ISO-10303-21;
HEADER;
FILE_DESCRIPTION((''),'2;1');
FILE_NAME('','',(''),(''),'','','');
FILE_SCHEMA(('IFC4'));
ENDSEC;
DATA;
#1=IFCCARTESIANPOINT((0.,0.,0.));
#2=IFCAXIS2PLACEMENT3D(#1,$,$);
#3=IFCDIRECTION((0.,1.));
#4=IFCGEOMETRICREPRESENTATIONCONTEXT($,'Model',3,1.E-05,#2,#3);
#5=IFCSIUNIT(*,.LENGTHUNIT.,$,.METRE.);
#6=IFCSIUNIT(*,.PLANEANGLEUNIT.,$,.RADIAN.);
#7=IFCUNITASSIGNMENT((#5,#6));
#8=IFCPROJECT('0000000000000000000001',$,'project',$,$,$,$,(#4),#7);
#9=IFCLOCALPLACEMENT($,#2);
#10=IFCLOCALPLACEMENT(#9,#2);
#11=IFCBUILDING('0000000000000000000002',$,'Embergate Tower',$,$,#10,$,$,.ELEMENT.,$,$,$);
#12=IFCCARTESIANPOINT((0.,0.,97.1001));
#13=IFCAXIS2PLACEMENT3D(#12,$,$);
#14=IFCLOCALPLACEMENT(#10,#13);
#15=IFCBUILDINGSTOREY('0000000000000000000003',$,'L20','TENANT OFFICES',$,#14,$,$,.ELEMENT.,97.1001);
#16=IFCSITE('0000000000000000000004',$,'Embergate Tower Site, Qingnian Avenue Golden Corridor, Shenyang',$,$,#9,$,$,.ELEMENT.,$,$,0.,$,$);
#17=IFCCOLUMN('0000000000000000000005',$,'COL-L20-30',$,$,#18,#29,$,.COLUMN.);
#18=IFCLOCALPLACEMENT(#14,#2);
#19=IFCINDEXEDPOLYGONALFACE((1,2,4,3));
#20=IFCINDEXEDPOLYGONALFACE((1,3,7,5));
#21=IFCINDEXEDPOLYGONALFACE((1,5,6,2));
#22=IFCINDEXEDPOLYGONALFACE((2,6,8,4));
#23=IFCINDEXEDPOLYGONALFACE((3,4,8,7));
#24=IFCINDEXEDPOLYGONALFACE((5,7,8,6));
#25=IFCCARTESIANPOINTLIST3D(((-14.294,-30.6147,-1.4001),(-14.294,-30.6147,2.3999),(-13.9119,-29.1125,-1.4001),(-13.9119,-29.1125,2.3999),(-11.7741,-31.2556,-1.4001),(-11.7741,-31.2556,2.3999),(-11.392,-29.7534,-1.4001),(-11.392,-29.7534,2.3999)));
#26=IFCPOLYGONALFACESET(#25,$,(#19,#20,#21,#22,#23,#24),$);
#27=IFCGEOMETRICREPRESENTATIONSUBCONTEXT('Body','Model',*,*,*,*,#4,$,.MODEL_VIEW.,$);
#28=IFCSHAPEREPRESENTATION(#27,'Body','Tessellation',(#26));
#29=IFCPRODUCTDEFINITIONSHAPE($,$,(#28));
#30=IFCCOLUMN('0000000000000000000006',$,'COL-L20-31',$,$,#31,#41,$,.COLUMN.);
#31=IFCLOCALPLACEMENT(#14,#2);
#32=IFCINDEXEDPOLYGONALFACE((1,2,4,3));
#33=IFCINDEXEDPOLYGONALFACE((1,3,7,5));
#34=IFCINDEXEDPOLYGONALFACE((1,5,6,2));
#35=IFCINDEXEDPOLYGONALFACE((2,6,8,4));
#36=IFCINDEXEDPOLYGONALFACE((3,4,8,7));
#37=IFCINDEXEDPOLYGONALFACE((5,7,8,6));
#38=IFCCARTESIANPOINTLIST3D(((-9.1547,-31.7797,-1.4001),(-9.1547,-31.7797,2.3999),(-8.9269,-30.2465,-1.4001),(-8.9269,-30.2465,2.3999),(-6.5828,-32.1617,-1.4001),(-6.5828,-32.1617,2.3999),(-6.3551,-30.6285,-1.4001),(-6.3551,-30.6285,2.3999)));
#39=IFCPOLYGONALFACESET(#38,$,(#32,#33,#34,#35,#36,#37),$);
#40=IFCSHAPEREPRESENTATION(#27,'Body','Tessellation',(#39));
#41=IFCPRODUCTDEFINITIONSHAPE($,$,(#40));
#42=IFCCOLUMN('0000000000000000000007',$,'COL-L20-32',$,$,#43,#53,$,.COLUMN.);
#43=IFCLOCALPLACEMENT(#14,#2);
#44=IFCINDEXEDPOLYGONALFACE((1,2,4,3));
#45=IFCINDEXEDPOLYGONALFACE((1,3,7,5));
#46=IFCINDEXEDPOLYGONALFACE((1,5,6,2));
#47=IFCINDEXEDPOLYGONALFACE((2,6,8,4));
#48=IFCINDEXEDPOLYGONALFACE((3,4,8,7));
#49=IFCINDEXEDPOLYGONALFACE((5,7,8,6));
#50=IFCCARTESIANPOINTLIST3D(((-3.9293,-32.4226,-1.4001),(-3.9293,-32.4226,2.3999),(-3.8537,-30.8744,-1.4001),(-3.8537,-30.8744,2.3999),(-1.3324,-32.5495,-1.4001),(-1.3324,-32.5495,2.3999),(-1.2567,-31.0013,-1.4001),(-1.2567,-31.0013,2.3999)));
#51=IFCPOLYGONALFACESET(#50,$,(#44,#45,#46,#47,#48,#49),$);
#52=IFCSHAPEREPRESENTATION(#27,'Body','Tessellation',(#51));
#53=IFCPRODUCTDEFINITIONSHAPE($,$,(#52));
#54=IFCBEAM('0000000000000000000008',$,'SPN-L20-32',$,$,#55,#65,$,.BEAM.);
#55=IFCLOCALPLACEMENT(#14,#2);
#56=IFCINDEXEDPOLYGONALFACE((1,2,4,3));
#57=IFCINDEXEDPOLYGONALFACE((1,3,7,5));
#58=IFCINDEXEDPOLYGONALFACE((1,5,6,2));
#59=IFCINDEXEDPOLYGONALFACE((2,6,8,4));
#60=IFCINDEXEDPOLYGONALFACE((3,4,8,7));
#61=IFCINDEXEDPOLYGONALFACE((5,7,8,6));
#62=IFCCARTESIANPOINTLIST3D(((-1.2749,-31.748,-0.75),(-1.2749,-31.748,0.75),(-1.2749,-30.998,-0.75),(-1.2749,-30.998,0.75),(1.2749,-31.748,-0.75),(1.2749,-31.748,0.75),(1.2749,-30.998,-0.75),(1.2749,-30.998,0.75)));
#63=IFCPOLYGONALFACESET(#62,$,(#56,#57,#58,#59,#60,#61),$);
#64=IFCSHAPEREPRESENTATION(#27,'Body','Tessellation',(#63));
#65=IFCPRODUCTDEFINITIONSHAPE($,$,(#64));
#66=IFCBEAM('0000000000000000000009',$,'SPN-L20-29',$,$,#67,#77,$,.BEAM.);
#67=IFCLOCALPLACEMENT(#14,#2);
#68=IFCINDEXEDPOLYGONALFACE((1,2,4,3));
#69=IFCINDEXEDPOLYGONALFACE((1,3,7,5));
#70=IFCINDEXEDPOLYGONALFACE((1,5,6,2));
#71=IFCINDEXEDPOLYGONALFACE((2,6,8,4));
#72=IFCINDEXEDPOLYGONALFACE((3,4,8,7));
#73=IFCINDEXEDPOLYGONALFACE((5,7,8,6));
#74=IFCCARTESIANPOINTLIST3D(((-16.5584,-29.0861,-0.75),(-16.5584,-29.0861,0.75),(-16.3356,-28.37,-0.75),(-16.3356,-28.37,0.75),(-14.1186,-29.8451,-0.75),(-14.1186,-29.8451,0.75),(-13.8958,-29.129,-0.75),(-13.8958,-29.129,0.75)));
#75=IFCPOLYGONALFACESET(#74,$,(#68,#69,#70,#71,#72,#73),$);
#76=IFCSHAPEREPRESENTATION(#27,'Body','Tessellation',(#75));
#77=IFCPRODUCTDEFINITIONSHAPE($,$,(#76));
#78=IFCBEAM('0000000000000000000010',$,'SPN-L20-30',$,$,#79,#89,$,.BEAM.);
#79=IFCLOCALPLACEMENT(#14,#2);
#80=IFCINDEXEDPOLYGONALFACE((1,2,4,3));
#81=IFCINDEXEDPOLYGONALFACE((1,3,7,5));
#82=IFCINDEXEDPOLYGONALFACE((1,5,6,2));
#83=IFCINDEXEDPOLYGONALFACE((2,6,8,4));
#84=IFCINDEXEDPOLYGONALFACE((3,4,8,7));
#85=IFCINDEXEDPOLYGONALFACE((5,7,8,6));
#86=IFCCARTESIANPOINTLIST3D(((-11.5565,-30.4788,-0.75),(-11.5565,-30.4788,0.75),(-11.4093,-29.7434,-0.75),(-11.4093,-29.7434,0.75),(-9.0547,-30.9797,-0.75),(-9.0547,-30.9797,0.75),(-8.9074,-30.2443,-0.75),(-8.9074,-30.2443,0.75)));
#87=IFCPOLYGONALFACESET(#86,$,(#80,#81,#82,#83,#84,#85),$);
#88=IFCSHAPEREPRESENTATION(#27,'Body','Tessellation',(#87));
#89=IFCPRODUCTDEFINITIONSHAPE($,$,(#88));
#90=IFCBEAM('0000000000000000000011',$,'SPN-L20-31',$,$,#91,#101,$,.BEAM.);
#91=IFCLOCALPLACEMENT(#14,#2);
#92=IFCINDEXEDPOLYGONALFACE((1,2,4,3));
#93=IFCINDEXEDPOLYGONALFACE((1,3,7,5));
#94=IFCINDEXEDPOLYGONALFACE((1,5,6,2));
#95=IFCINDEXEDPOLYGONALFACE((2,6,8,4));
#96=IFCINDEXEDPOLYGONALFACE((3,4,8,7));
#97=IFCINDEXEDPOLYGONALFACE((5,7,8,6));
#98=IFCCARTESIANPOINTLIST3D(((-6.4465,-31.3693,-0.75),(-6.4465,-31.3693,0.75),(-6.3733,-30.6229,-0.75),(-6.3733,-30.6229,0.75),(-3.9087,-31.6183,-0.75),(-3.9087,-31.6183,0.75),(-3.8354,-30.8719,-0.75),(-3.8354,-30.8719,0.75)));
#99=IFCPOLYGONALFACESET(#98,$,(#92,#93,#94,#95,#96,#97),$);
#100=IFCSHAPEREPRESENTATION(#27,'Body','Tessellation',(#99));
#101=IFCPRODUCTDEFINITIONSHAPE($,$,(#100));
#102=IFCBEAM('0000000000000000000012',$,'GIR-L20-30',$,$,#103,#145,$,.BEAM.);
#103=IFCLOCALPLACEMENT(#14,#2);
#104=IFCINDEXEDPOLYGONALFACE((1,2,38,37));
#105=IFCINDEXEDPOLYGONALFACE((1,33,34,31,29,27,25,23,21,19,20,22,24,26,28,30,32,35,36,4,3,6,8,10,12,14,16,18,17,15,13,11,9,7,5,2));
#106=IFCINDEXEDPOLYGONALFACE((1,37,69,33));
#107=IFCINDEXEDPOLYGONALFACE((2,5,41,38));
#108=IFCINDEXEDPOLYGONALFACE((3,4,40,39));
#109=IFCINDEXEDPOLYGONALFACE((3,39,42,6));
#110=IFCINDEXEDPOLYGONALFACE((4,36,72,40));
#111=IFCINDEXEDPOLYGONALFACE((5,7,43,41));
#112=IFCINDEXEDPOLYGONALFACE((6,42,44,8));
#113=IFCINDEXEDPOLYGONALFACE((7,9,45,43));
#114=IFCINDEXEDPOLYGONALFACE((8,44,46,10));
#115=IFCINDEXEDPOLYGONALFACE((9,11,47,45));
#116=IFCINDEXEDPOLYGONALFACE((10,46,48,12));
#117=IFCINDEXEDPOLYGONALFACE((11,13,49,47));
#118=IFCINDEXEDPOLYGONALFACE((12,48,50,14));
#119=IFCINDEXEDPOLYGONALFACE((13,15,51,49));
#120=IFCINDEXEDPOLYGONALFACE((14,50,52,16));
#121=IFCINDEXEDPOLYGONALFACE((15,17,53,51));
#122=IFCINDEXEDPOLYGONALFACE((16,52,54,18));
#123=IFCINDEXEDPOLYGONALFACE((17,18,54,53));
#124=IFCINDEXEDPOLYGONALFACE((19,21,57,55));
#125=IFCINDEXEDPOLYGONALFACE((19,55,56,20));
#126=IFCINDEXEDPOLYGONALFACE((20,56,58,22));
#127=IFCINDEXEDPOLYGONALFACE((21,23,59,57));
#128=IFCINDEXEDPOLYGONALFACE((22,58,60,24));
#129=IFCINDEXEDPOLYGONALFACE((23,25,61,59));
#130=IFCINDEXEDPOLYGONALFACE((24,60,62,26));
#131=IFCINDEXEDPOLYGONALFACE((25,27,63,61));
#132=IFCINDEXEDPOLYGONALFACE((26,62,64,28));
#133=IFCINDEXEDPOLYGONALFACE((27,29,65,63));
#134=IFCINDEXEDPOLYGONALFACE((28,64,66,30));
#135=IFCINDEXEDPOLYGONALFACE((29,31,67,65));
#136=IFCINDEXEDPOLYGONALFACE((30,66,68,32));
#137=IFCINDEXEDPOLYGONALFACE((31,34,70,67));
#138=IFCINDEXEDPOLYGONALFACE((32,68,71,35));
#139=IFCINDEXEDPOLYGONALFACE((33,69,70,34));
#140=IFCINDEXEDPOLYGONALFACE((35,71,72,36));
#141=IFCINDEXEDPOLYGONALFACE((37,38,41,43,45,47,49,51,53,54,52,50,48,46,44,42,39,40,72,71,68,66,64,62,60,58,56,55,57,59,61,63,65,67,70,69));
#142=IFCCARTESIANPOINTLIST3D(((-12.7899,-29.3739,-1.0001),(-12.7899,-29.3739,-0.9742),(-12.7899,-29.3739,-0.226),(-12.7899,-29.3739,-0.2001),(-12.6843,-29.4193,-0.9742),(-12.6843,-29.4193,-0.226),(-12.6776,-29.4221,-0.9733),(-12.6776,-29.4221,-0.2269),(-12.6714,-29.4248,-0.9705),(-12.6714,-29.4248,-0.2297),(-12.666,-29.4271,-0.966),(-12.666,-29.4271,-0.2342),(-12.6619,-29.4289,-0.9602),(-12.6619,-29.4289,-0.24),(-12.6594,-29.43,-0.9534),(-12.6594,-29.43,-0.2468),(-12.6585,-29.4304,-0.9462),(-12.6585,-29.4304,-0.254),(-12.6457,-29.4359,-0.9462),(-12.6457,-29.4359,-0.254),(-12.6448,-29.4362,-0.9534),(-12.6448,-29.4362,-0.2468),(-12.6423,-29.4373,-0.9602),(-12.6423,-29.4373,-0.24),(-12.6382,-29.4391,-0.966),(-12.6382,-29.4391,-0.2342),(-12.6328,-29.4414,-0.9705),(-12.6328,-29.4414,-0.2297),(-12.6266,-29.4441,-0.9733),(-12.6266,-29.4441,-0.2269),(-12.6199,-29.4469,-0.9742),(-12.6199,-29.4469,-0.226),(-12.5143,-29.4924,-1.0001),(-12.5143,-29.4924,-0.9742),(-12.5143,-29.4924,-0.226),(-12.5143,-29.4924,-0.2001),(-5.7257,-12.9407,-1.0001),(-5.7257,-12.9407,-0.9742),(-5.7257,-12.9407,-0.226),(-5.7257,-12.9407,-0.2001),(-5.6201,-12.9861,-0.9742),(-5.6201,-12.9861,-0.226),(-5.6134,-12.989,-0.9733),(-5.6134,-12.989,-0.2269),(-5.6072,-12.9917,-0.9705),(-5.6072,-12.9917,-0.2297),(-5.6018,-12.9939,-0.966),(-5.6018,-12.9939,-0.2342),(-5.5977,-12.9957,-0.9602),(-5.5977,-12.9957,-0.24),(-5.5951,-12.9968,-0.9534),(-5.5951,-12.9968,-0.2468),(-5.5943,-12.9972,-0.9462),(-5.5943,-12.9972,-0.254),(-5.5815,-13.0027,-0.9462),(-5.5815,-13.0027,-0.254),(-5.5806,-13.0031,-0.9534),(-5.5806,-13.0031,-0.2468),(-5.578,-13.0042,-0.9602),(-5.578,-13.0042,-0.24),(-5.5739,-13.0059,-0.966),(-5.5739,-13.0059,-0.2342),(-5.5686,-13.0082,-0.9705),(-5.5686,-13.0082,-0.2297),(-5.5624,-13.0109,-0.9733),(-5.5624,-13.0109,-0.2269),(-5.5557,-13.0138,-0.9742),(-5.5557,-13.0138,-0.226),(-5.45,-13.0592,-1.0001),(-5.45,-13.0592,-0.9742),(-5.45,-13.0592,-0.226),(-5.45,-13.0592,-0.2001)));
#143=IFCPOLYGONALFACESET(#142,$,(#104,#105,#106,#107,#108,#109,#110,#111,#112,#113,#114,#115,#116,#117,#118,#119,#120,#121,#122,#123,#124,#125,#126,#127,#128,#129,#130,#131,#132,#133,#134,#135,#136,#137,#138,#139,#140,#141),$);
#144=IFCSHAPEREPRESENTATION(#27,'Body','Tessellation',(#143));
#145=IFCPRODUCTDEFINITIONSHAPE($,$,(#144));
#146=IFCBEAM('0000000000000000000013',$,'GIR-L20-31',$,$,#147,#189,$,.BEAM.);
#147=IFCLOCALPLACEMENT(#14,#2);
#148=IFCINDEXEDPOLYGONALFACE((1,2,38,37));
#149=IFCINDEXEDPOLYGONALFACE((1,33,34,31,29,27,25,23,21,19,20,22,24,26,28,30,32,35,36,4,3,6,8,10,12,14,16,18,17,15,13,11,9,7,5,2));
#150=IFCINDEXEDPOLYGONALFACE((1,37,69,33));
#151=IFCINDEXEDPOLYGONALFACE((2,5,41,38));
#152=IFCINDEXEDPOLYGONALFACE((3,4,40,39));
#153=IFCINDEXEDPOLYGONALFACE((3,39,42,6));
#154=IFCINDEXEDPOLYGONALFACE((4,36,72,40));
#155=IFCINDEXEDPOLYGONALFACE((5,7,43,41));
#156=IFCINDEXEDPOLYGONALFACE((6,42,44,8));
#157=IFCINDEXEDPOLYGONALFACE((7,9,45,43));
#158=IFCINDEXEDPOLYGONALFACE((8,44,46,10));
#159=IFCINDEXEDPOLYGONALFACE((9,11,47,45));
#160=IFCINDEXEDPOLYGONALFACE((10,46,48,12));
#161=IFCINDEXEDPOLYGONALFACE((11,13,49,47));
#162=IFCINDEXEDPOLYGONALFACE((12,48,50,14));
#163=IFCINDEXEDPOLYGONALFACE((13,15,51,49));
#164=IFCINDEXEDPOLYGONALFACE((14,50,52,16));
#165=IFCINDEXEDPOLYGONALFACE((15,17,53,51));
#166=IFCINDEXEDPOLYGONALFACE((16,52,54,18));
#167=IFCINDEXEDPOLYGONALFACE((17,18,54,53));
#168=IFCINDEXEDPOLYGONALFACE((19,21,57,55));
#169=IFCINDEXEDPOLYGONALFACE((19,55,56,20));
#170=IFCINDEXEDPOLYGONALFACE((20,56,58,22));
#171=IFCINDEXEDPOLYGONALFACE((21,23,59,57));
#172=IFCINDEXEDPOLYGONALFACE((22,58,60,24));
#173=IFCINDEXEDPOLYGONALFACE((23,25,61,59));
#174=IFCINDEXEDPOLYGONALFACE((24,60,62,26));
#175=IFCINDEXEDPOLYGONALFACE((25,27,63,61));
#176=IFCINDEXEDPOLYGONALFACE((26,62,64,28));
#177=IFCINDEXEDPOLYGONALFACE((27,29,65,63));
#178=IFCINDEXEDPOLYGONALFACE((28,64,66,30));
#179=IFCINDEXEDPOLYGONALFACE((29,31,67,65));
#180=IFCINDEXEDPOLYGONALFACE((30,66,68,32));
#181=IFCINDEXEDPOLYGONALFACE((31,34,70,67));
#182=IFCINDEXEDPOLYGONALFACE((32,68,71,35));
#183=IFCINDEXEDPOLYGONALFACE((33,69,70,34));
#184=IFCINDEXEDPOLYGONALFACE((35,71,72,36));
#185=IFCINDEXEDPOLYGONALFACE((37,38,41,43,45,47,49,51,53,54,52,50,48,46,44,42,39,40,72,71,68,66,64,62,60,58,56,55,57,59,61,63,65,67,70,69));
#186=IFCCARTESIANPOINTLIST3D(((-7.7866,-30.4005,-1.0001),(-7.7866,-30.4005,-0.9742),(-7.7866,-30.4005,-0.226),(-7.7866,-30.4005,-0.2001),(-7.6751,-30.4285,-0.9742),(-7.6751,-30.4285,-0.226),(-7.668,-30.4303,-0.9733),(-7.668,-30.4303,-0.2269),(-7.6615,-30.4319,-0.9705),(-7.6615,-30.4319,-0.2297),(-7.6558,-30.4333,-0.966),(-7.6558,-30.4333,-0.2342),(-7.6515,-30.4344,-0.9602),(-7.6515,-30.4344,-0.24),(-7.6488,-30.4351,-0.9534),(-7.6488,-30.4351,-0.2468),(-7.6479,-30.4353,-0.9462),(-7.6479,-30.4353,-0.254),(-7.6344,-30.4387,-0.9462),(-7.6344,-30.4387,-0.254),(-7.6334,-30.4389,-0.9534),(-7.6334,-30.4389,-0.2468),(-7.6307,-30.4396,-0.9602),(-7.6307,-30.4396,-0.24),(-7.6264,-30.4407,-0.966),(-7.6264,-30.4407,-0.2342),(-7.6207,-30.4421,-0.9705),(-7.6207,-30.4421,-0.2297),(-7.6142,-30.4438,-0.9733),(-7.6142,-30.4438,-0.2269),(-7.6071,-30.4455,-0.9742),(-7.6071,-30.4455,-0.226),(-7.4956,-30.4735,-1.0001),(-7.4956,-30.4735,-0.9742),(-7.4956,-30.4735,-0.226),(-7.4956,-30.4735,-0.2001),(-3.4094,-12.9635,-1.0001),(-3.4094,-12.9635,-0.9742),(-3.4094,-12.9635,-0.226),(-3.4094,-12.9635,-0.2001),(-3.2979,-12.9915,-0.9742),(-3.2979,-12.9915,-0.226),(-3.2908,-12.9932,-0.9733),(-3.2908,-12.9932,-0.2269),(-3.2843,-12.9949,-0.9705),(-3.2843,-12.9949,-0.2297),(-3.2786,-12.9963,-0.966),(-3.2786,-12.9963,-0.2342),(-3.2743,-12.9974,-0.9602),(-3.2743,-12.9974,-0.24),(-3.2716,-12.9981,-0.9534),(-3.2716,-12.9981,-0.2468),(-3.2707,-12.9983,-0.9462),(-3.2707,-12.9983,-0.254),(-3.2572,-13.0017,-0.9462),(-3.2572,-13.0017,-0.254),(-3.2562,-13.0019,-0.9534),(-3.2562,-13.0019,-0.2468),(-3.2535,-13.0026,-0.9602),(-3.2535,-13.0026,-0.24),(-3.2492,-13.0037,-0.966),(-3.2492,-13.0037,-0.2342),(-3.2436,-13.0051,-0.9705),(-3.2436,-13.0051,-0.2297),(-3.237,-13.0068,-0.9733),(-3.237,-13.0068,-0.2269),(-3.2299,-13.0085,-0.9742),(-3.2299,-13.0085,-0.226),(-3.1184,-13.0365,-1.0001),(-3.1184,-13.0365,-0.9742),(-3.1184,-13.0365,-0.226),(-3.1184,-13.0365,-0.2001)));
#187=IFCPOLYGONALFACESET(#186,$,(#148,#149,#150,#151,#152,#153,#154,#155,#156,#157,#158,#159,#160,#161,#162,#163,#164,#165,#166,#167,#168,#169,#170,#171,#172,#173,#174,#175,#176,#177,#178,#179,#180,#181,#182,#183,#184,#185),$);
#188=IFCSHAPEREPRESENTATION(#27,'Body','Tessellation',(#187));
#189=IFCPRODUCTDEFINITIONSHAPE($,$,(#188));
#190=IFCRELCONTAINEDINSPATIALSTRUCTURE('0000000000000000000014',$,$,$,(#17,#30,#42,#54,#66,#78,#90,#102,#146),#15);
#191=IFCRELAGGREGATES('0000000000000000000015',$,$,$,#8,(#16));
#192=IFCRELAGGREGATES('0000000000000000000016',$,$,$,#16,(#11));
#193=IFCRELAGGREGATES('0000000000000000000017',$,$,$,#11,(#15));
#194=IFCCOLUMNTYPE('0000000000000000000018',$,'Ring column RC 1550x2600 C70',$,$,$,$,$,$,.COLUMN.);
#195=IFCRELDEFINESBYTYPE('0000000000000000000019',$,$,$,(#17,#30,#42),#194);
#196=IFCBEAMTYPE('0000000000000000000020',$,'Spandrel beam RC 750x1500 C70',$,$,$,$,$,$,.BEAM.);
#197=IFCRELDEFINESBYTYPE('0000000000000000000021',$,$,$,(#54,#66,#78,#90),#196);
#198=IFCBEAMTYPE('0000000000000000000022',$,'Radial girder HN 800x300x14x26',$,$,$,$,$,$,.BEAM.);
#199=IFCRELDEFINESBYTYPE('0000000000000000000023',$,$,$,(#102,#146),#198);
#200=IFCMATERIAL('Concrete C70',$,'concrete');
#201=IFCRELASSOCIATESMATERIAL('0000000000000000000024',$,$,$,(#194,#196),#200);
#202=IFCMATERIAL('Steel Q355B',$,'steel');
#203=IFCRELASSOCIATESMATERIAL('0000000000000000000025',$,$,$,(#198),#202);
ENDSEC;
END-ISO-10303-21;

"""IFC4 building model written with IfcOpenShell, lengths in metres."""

from ifc_helpers import new_model, si_unit, direction, frame, origin, origin_2d, place, context, subcontext, project, spatial, rectangle, i_section, extrude, source, transform, mapped, material, material_profile, profile_set, type_object, element, save


model = new_model("IFC4")

# Units and contexts
model_context = context("Model", 3, precision=1e-05, world=origin(), true_north=direction((0.0, 1.0)))
body_context = subcontext(model_context, "Body", "Model", "MODEL_VIEW")
ifc_project = project(units=[si_unit("LENGTHUNIT", "METRE"), si_unit("PLANEANGLEUNIT", "RADIAN")], contexts=[model_context])

# Site, building, storey
site_placement = place(None, origin())
site = spatial("IfcSite", under=ifc_project, at=site_placement, Name="Embergate Tower Site, Qingnian Avenue Golden Corridor, Shenyang", CompositionType="ELEMENT", RefElevation=0.0)
building_placement = place(site_placement, origin())
building = spatial("IfcBuilding", under=site, at=building_placement, Name="Embergate Tower", CompositionType="ELEMENT")
storey_placement = place(building_placement, frame((0.0, 0.0, 97.1001)))
storey = spatial("IfcBuildingStorey", under=building, at=storey_placement, Name="L20", Description="TENANT OFFICES", CompositionType="ELEMENT", Elevation=97.1001)

# Columns
ifc_material_1 = material(Name="Concrete C70", Category="concrete")
ifc_material_profile_1 = material_profile(ifc_material_1, rectangle(XDim=1.55, YDim=2.6001, at=origin_2d()), Name="RC 1550x2600")
ifc_profile_set_1 = profile_set([ifc_material_profile_1], Name="Concrete C70")
column_type = type_object("IfcColumnType", Name="Ring column RC 1550x2600 C70", PredefinedType="COLUMN", material=ifc_profile_set_1)
shared_shape_1 = source(origin(), body_context, "Body", "SweptSolid", [
    extrude(rectangle(XDim=1.55, YDim=2.6001, at=origin_2d()), origin(), (0.0, 0.0, 1.0), 3.8),
])
for number, where, z_axis, x_axis, name in (
    (1, (-12.843, -30.1841, -1.4001), (0.0, 0.0, 1.0), (-0.246492, -0.969145, 0.0), "COL-L20-30"),
    (2, (-7.7549, -31.2041, -1.4001), (0.0, 0.0, 1.0), (-0.146929, -0.989147, 0.0), "COL-L20-31"),
    (3, (-2.593, -31.7119, -1.4001), (0.0, 0.0, 1.0), (-0.048815, -0.998808, 0.0), "COL-L20-32"),
):
    element("IfcColumn", number, at=place(storey_placement, frame(where, z_axis=z_axis, x_axis=x_axis)), inside=storey, type_object=column_type, Name=name, PredefinedType="COLUMN", context=body_context, shape_type="MappedRepresentation", body=[
        mapped(shared_shape_1, transform((0.0, 0.0, 0.0))),
    ])

# Beams
ifc_material_profile_2 = material_profile(ifc_material_1, rectangle(XDim=0.75, YDim=1.5, at=origin_2d()), Name="RC 750x1500")
ifc_profile_set_2 = profile_set([ifc_material_profile_2], Name="Concrete C70")
beam_type_1 = type_object("IfcBeamType", Name="Spandrel beam RC 750x1500 C70", PredefinedType="BEAM", material=ifc_profile_set_2)
shared_shape_2 = source(origin(), body_context, "Body", "SweptSolid", [
    extrude(rectangle(XDim=0.75, YDim=1.5, at=origin_2d()), origin(), (0.0, 0.0, 1.0), 2.5498),
])
beam_1_placement = place(storey_placement, frame((-1.2749, -31.373, 0.0), z_axis=(1.0, 0.0, 0.0), x_axis=(0.0, 1.0, 0.0)))
element("IfcBeam", 4, at=beam_1_placement, inside=storey, type_object=beam_type_1, Name="SPN-L20-32", PredefinedType="BEAM", context=body_context, shape_type="MappedRepresentation", body=[
    mapped(shared_shape_2, transform((0.0, 0.0, 0.0))),
])
shared_shape_3 = source(origin(), body_context, "Body", "SweptSolid", [
    extrude(rectangle(XDim=0.75, YDim=1.5, at=origin_2d()), origin(), (0.0, 0.0, 1.0), 2.5552),
])
beam_2_placement = place(storey_placement, frame((-16.447, -28.728, 0.0), z_axis=(0.954863, -0.297045, 0.0), x_axis=(0.297045, 0.954863, 0.0)))
element("IfcBeam", 5, at=beam_2_placement, inside=storey, type_object=beam_type_1, Name="SPN-L20-29", PredefinedType="BEAM", context=body_context, shape_type="MappedRepresentation", body=[
    mapped(shared_shape_3, transform((0.0, 0.0, 0.0))),
])
shared_shape_4 = source(origin(), body_context, "Body", "SweptSolid", [
    extrude(rectangle(XDim=0.75, YDim=1.5, at=origin_2d()), origin(), (0.0, 0.0, 1.0), 2.5515),
])
beam_3_placement = place(storey_placement, frame((-11.4829, -30.1111, 0.0), z_axis=(0.980536, -0.196337, 0.0), x_axis=(0.196337, 0.980536, 0.0)))
element("IfcBeam", 6, at=beam_3_placement, inside=storey, type_object=beam_type_1, Name="SPN-L20-30", PredefinedType="BEAM", context=body_context, shape_type="MappedRepresentation", body=[
    mapped(shared_shape_4, transform((0.0, 0.0, 0.0))),
])
shared_shape_5 = source(origin(), body_context, "Body", "SweptSolid", [
    extrude(rectangle(XDim=0.75, YDim=1.5, at=origin_2d()), origin(), (0.0, 0.0, 1.0), 2.55),
])
beam_4_placement = place(storey_placement, frame((-6.4099, -30.9961, 0.0), z_axis=(0.99522, -0.097655, 0.0), x_axis=(0.097655, 0.99522, 0.0)))
element("IfcBeam", 7, at=beam_4_placement, inside=storey, type_object=beam_type_1, Name="SPN-L20-31", PredefinedType="BEAM", context=body_context, shape_type="MappedRepresentation", body=[
    mapped(shared_shape_5, transform((0.0, 0.0, 0.0))),
])
ifc_material_2 = material(Name="Steel Q355B", Category="steel")
ifc_material_profile_3 = material_profile(ifc_material_2, i_section(OverallWidth=0.3, OverallDepth=0.8, WebThickness=0.0139, FlangeThickness=0.0259, FilletRadius=0.0281, at=origin_2d()), Name="HN 800x300x14x26")
ifc_profile_set_3 = profile_set([ifc_material_profile_3], Name="Steel Q355 grade B")
beam_type_2 = type_object("IfcBeamType", Name="Radial girder HN 800x300x14x26", PredefinedType="BEAM", material=ifc_profile_set_3)
shared_shape_6 = source(origin(), body_context, "Body", "SweptSolid", [
    extrude(i_section(OverallWidth=0.3, OverallDepth=0.8, WebThickness=0.0139, FlangeThickness=0.0259, FilletRadius=0.0281, at=origin_2d()), origin(), (0.0, 0.0, 1.0), 17.8872),
])
beam_5_placement = place(storey_placement, frame((-12.6521, -29.4331, -0.6001), z_axis=(0.394932, 0.91871, 0.0), x_axis=(-0.91871, 0.394932, 0.0)))
element("IfcBeam", 8, at=beam_5_placement, inside=storey, type_object=beam_type_2, Name="GIR-L20-30", PredefinedType="BEAM", context=body_context, shape_type="MappedRepresentation", body=[
    mapped(shared_shape_6, transform((0.0, 0.0, 0.0))),
])
shared_shape_7 = source(origin(), body_context, "Body", "SweptSolid", [
    extrude(i_section(OverallWidth=0.3, OverallDepth=0.8, WebThickness=0.0139, FlangeThickness=0.0259, FilletRadius=0.0281, at=origin_2d()), origin(), (0.0, 0.0, 1.0), 17.978),
])
beam_6_placement = place(storey_placement, frame((-7.6411, -30.437, -0.6001), z_axis=(0.243475, 0.969907, 0.0), x_axis=(-0.969907, 0.243475, 0.0)))
element("IfcBeam", 9, at=beam_6_placement, inside=storey, type_object=beam_type_2, Name="GIR-L20-31", PredefinedType="BEAM", context=body_context, shape_type="MappedRepresentation", body=[
    mapped(shared_shape_7, transform((0.0, 0.0, 0.0))),
])

save(model, "model.ifc")
